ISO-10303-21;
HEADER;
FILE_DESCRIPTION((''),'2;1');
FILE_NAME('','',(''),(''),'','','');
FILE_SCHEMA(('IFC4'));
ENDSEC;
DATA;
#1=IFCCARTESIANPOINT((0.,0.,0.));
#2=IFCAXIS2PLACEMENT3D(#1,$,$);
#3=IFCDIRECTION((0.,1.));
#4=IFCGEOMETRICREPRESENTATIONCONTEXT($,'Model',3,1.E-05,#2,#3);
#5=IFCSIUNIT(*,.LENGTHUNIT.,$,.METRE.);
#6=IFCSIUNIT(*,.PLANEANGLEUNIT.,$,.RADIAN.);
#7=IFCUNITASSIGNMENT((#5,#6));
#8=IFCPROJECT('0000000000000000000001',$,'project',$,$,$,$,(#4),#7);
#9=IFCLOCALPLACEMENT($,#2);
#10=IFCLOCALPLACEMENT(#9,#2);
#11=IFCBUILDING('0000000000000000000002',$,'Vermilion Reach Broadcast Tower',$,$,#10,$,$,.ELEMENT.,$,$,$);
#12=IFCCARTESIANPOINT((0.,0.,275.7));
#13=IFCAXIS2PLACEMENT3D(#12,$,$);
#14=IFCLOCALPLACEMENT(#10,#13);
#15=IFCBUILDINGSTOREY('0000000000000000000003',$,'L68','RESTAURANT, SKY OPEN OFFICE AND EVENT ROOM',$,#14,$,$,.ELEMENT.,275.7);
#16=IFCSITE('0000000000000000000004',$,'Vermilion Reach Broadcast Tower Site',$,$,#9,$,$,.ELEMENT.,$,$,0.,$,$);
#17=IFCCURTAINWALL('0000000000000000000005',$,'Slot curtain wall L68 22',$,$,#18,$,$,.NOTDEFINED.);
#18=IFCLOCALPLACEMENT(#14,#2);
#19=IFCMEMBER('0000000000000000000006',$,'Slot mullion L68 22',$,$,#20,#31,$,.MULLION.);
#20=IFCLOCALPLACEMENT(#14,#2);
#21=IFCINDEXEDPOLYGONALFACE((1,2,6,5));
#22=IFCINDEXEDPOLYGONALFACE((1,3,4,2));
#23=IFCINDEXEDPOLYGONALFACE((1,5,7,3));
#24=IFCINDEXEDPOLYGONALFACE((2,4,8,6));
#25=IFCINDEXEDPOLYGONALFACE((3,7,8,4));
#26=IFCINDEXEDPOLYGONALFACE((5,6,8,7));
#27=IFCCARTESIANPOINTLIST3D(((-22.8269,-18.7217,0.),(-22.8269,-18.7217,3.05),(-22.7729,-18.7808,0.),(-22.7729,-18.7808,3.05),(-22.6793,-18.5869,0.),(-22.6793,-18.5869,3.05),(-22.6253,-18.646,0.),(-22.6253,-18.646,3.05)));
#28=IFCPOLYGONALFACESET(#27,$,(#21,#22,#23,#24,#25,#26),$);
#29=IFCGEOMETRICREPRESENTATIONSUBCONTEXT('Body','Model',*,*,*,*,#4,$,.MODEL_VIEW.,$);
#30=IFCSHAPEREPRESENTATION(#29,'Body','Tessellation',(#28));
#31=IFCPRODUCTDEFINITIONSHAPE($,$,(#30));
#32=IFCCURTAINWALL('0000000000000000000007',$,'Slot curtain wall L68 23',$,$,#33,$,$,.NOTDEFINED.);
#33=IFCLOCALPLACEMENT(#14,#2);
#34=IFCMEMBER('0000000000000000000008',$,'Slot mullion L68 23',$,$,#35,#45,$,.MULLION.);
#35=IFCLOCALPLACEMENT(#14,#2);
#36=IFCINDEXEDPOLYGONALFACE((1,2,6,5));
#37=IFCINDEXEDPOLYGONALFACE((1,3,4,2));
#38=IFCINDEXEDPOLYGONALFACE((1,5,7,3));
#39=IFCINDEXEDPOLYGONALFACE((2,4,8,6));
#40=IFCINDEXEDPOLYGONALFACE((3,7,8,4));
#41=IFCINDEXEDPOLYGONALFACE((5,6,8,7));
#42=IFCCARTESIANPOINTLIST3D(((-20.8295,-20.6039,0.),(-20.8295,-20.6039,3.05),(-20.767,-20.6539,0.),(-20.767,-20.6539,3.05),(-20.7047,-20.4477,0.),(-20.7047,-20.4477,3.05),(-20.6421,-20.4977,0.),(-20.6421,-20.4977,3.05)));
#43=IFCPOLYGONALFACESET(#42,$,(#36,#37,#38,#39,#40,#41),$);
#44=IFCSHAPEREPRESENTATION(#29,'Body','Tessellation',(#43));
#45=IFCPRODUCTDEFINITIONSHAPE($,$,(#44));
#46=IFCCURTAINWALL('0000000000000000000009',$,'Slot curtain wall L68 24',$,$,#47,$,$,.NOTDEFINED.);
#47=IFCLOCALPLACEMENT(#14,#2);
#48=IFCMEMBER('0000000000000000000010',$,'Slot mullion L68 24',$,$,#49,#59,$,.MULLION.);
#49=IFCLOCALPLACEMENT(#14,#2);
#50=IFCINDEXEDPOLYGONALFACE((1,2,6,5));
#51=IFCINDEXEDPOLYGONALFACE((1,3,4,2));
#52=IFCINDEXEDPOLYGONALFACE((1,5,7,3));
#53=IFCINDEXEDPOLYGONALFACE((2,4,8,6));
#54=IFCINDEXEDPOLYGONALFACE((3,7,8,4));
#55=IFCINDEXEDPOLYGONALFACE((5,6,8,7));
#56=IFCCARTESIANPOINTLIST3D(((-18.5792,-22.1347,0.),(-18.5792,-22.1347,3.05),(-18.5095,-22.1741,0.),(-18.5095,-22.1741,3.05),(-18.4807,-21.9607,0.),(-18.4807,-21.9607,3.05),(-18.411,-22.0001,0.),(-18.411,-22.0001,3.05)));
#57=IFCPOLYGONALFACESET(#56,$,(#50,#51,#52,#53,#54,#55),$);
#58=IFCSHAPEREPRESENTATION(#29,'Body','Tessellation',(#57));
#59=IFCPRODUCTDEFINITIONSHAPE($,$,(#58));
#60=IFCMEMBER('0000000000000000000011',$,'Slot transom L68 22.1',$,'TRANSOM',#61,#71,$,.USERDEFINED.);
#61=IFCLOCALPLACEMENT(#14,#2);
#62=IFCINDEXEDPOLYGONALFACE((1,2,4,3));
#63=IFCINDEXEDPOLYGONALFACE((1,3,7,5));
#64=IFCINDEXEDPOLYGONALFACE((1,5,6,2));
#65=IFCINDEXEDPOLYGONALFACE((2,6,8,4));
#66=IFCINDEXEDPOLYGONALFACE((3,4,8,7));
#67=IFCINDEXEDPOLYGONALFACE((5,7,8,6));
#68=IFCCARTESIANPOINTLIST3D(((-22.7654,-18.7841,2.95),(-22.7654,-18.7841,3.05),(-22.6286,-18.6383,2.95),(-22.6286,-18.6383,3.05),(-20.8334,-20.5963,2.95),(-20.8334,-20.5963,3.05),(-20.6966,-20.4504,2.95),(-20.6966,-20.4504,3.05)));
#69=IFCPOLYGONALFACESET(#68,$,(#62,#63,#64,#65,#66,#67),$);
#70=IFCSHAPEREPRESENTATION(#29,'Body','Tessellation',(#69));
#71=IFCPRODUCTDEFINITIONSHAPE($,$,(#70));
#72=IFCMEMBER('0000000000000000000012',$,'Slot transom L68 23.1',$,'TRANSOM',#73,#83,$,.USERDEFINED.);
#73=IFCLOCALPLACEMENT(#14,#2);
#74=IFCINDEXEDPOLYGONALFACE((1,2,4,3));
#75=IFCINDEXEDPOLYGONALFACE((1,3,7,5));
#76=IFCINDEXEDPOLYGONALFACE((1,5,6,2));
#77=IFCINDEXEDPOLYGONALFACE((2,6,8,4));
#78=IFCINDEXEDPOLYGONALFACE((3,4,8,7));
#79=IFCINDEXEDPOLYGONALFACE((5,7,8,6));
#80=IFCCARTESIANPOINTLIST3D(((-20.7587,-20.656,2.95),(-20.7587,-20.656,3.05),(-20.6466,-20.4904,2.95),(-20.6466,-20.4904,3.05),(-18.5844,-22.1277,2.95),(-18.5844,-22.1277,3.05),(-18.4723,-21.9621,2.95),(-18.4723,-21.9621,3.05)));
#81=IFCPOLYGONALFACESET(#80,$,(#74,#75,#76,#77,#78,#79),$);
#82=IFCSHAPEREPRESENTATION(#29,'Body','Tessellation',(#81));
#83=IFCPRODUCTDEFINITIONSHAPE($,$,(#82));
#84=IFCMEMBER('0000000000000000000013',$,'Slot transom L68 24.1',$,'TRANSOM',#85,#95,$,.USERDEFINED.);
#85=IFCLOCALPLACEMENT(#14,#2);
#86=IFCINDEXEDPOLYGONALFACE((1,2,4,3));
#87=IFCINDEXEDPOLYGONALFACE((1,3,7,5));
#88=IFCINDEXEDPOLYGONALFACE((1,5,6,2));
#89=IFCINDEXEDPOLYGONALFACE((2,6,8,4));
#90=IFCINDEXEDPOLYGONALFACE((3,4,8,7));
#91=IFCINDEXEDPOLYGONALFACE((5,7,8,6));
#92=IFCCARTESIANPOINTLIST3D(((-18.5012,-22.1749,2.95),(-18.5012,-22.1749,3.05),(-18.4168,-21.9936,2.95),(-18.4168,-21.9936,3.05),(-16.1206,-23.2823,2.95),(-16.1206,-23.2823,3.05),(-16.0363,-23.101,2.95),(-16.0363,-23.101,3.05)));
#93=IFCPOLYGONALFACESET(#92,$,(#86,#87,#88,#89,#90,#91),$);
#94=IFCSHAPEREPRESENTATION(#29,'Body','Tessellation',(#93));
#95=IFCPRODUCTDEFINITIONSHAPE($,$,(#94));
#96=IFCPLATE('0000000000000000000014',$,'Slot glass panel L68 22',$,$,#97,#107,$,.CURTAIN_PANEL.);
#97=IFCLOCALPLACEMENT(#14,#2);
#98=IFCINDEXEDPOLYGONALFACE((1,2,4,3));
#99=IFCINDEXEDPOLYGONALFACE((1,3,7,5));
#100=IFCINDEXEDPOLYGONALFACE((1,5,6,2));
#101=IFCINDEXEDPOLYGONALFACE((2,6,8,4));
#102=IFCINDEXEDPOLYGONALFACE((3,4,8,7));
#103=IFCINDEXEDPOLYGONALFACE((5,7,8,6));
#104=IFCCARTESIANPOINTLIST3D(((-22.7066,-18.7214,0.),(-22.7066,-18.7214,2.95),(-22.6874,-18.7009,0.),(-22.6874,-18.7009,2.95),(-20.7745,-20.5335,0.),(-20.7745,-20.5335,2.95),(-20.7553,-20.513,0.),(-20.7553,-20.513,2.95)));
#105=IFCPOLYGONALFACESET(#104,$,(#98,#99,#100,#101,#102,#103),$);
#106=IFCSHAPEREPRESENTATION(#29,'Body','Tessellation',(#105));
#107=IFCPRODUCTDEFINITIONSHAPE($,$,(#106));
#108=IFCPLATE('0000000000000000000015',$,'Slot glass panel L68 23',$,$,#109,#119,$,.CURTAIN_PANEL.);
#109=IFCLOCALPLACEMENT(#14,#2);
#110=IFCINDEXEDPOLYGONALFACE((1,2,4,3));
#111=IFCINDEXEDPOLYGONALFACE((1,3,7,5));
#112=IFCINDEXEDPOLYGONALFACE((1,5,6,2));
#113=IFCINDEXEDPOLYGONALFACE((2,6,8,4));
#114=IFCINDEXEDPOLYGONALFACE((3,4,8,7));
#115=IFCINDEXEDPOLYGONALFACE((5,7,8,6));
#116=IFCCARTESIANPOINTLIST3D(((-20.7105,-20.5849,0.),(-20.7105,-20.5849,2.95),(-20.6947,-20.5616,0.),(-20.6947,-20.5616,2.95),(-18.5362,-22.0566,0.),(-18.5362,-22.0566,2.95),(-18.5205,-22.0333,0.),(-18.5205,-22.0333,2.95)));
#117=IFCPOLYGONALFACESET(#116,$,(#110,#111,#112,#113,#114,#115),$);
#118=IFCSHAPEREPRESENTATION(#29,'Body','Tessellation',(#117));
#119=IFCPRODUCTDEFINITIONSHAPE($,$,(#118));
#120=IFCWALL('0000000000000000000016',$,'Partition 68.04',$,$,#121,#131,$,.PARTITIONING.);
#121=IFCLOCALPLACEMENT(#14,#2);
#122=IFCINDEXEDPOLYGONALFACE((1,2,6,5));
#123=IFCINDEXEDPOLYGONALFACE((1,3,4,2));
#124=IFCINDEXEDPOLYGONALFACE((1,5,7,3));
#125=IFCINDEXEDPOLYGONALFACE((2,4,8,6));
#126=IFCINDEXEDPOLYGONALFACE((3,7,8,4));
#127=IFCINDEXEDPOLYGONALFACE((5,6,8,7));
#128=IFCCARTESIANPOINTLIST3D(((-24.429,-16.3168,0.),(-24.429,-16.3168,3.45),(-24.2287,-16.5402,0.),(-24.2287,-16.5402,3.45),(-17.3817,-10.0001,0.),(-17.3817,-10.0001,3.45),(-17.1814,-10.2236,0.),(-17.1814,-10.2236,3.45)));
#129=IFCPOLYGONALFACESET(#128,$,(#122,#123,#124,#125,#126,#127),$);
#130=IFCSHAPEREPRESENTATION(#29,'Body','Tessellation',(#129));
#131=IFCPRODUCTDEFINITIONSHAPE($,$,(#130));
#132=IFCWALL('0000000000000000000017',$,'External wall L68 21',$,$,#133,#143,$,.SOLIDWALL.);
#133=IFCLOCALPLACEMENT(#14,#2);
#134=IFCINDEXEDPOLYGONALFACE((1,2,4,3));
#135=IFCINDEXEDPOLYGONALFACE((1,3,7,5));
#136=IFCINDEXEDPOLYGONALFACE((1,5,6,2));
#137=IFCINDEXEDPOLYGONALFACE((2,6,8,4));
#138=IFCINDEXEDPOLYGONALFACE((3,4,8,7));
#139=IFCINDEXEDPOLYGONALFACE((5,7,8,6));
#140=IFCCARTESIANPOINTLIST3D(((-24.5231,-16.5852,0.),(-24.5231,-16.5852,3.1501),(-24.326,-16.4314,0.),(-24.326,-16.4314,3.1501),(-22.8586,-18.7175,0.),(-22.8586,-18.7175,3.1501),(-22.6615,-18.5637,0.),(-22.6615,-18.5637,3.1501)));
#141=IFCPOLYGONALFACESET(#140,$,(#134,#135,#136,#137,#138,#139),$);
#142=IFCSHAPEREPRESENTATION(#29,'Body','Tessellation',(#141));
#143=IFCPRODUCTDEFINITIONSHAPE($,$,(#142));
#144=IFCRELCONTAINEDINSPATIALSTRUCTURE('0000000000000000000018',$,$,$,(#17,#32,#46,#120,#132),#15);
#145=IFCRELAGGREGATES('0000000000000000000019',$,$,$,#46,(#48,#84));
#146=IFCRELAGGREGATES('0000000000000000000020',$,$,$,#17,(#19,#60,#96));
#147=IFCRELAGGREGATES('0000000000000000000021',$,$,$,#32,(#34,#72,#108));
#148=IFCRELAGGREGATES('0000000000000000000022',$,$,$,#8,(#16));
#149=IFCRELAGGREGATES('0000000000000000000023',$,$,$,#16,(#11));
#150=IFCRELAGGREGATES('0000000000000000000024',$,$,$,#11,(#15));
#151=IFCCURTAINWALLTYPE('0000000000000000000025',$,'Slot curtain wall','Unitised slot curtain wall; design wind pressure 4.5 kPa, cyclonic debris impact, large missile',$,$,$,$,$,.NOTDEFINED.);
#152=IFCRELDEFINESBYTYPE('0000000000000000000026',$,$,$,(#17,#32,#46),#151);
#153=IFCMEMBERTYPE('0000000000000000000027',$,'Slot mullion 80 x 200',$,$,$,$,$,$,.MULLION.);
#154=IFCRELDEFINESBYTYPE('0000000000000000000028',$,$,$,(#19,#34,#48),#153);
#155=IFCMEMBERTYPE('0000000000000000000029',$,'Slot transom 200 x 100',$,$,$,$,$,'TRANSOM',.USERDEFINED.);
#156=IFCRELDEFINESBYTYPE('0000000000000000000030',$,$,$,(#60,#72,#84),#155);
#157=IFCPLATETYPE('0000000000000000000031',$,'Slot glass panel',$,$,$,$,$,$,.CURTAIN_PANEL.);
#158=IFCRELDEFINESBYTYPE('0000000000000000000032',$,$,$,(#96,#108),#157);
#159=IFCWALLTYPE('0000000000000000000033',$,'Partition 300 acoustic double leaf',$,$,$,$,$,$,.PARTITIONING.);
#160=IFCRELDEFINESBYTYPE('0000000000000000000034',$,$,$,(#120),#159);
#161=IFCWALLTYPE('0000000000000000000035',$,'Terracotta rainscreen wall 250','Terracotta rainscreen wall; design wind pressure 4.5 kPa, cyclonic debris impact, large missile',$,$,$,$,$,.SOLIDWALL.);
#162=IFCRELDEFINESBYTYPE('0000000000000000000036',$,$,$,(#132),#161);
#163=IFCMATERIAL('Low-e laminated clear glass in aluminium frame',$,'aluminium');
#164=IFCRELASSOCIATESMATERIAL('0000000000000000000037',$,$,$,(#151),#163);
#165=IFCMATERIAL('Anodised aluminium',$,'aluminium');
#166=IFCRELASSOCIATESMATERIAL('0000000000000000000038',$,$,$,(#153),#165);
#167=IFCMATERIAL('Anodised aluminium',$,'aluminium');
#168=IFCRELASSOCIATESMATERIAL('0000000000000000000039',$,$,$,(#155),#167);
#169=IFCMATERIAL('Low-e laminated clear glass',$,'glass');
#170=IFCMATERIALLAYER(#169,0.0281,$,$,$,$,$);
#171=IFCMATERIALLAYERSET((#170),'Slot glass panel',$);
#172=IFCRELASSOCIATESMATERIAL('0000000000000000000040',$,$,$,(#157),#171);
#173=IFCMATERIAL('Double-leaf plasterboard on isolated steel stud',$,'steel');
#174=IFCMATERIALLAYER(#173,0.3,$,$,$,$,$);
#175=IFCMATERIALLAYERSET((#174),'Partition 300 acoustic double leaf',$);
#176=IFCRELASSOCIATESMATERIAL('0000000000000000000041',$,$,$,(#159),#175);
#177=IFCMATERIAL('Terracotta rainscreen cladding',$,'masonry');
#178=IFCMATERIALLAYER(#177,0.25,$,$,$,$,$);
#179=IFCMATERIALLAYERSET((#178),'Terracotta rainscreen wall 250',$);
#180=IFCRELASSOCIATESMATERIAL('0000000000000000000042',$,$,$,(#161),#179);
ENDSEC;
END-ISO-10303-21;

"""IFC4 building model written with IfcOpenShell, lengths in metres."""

from ifc_helpers import new_model, si_unit, direction, frame, frame_2d, origin, origin_2d, place, context, subcontext, project, spatial, rectangle, extrude, material, layer, layer_set, material_profile, profile_set, type_object, element, aggregate, save


model = new_model("IFC4")

# Units and contexts
model_context = context("Model", 3, precision=1e-05, world=origin(), true_north=direction((0.0, 1.0)))
body_context = subcontext(model_context, "Body", "Model", "MODEL_VIEW")
ifc_project = project(units=[si_unit("LENGTHUNIT", "METRE"), si_unit("PLANEANGLEUNIT", "RADIAN")], contexts=[model_context])

# Site, building, storey
site_placement = place(None, origin())
site = spatial("IfcSite", under=ifc_project, at=site_placement, Name="Vermilion Reach Broadcast Tower Site", CompositionType="ELEMENT", RefElevation=0.0)
building_placement = place(site_placement, origin())
building = spatial("IfcBuilding", under=site, at=building_placement, Name="Vermilion Reach Broadcast Tower", CompositionType="ELEMENT")
storey_placement = place(building_placement, frame((0.0, 0.0, 275.7)))
storey = spatial("IfcBuildingStorey", under=building, at=storey_placement, Name="L68", Description="RESTAURANT, SKY OPEN OFFICE AND EVENT ROOM", CompositionType="ELEMENT", Elevation=275.7)

# Curtain walls, members
ifc_material_1 = material(Name="Low-e laminated clear glass in aluminium frame", Category="aluminium")
curtain_wall_type = type_object("IfcCurtainWallType", Name="Slot curtain wall", Description="Unitised slot curtain wall; design wind pressure 4.5 kPa, cyclonic debris impact, large missile", PredefinedType="NOTDEFINED", material=ifc_material_1)
placement = place(storey_placement, origin())
curtain_wall_1 = element("IfcCurtainWall", 1, at=placement, inside=storey, type_object=curtain_wall_type, Name="Slot curtain wall L68 22", PredefinedType="NOTDEFINED")
ifc_material_2 = material(Name="Anodised aluminium", Category="aluminium")
ifc_material_profile_1 = material_profile(ifc_material_2, rectangle(XDim=0.2, YDim=0.0801, at=origin_2d()), Name="Slot mullion 80 x 200")
ifc_profile_set_1 = profile_set([ifc_material_profile_1], Name="Anodised aluminium")
member_type_1 = type_object("IfcMemberType", Name="Slot mullion 80 x 200", PredefinedType="MULLION", material=ifc_profile_set_1)
member_1_placement = place(storey_placement, frame((-22.7261, -18.6838, 0.0), z_axis=(0.0, 0.0, 1.0), x_axis=(0.738379, 0.674386, 0.0)))
member_1 = element("IfcMember", 2, at=member_1_placement, type_object=member_type_1, Name="Slot mullion L68 22", PredefinedType="MULLION", context=body_context, shape_type="SweptSolid", body=[
    extrude(rectangle(XDim=0.2, YDim=0.0801, at=origin_2d()), origin(), (0.0, 0.0, 1.0), 3.05),
])
curtain_wall_2 = element("IfcCurtainWall", 3, at=placement, inside=storey, type_object=curtain_wall_type, Name="Slot curtain wall L68 23", PredefinedType="NOTDEFINED")
member_2_placement = place(storey_placement, frame((-20.7358, -20.5508, 0.0), z_axis=(0.0, 0.0, 1.0), x_axis=(0.624274, 0.781206, 0.0)))
member_2 = element("IfcMember", 4, at=member_2_placement, type_object=member_type_1, Name="Slot mullion L68 23", PredefinedType="MULLION", context=body_context, shape_type="SweptSolid", body=[
    extrude(rectangle(XDim=0.2, YDim=0.0801, at=origin_2d()), origin(), (0.0, 0.0, 1.0), 3.05),
])
curtain_wall_3 = element("IfcCurtainWall", 5, at=placement, inside=storey, type_object=curtain_wall_type, Name="Slot curtain wall L68 24", PredefinedType="NOTDEFINED")
member_3_placement = place(storey_placement, frame((-18.4951, -22.0674, 0.0), z_axis=(0.0, 0.0, 1.0), x_axis=(0.492727, 0.870184, 0.0)))
member_3 = element("IfcMember", 6, at=member_3_placement, type_object=member_type_1, Name="Slot mullion L68 24", PredefinedType="MULLION", context=body_context, shape_type="SweptSolid", body=[
    extrude(rectangle(XDim=0.2, YDim=0.0801, at=origin_2d()), origin(), (0.0, 0.0, 1.0), 3.05),
])

# Members
ifc_material_3 = material(Name="Anodised aluminium", Category="aluminium")
ifc_material_profile_2 = material_profile(ifc_material_3, rectangle(XDim=0.2, YDim=0.1001, at=origin_2d()), Name="Slot transom 200 x 100")
ifc_profile_set_2 = profile_set([ifc_material_profile_2], Name="Anodised aluminium")
member_type_2 = type_object("IfcMemberType", Name="Slot transom 200 x 100", ElementType="TRANSOM", PredefinedType="USERDEFINED", material=ifc_profile_set_2)
member_4_placement = place(storey_placement, frame((-22.697, -18.7112, 3.0), z_axis=(0.72937, -0.684119, 0.0), x_axis=(0.684119, 0.72937, 0.0)))
member_4 = element("IfcMember", 7, at=member_4_placement, type_object=member_type_2, Name="Slot transom L68 22.1", ObjectType="TRANSOM", PredefinedType="USERDEFINED", context=body_context, shape_type="SweptSolid", body=[
    extrude(rectangle(XDim=0.2, YDim=0.1001, at=origin_2d()), origin(), (0.0, 0.0, 1.0), 2.6489),
])
member_5_placement = place(storey_placement, frame((-20.7026, -20.5732, 3.0), z_axis=(0.828139, -0.560523, 0.0), x_axis=(0.560523, 0.828139, 0.0)))
member_5 = element("IfcMember", 8, at=member_5_placement, type_object=member_type_2, Name="Slot transom L68 23.1", ObjectType="TRANSOM", PredefinedType="USERDEFINED", context=body_context, shape_type="SweptSolid", body=[
    extrude(rectangle(XDim=0.2, YDim=0.1001, at=origin_2d()), origin(), (0.0, 0.0, 1.0), 2.6255),
])
member_6_placement = place(storey_placement, frame((-18.459, -22.0842, 3.0), z_axis=(0.906698, -0.421781, 0.0), x_axis=(0.421781, 0.906698, 0.0)))
member_6 = element("IfcMember", 9, at=member_6_placement, type_object=member_type_2, Name="Slot transom L68 24.1", ObjectType="TRANSOM", PredefinedType="USERDEFINED", context=body_context, shape_type="SweptSolid", body=[
    extrude(rectangle(XDim=0.2, YDim=0.1001, at=origin_2d()), origin(), (0.0, 0.0, 1.0), 2.6255),
])
aggregate(curtain_wall_3, [member_3, member_6])

# Plates
ifc_material_4 = material(Name="Low-e laminated clear glass", Category="glass")
ifc_layer_1 = layer(ifc_material_4, 0.0281)
ifc_layer_set_1 = layer_set([ifc_layer_1], Name="Slot glass panel")
plate_type = type_object("IfcPlateType", Name="Slot glass panel", PredefinedType="CURTAIN_PANEL", material=ifc_layer_set_1)
plate_1_placement = place(storey_placement, frame((-21.731, -19.6172, 0.0), z_axis=(0.0, 0.0, 1.0), x_axis=(0.729392, -0.684096, 0.0)))
plate_1 = element("IfcPlate", 10, at=plate_1_placement, type_object=plate_type, Name="Slot glass panel L68 22", PredefinedType="CURTAIN_PANEL", context=body_context, shape_type="SweptSolid", body=[
    extrude(rectangle(XDim=2.6489, YDim=0.0281, at=origin_2d()), origin(), (0.0, 0.0, 1.0), 2.95),
])
aggregate(curtain_wall_1, [member_1, member_4, plate_1])
plate_2_placement = place(storey_placement, frame((-19.6155, -21.3091, 0.0), z_axis=(0.0, 0.0, 1.0), x_axis=(0.828126, -0.560541, 0.0)))
plate_2 = element("IfcPlate", 11, at=plate_2_placement, type_object=plate_type, Name="Slot glass panel L68 23", PredefinedType="CURTAIN_PANEL", context=body_context, shape_type="SweptSolid", body=[
    extrude(rectangle(XDim=2.6255, YDim=0.0281, at=origin_2d()), origin(), (0.0, 0.0, 1.0), 2.95),
])
aggregate(curtain_wall_2, [member_2, member_5, plate_2])

# Wall
ifc_material_5 = material(Name="Double-leaf plasterboard on isolated steel stud", Category="steel")
ifc_layer_2 = layer(ifc_material_5, 0.3)
ifc_layer_set_2 = layer_set([ifc_layer_2], Name="Partition 300 acoustic double leaf")
wall_type_1 = type_object("IfcWallType", Name="Partition 300 acoustic double leaf", PredefinedType="PARTITIONING", material=ifc_layer_set_2)
wall_1_placement = place(storey_placement, frame((-24.3289, -16.4285, 0.0), z_axis=(0.0, 0.0, 1.0), x_axis=(0.744657, 0.667447, 0.0)))
element("IfcWall", 12, at=wall_1_placement, inside=storey, type_object=wall_type_1, Name="Partition 68.04", PredefinedType="PARTITIONING", context=body_context, shape_type="SweptSolid", body=[
    extrude(rectangle(XDim=9.4639, YDim=0.3, at=frame_2d((4.7319, 0.0))), origin(), (0.0, 0.0, 1.0), 3.45),
])

# Shared definitions
ifc_material_6 = material(Name="Terracotta rainscreen cladding", Category="masonry")
ifc_layer_3 = layer(ifc_material_6, 0.25)
ifc_layer_set_3 = layer_set([ifc_layer_3], Name="Terracotta rainscreen wall 250")
wall_type_2 = type_object("IfcWallType", Name="Terracotta rainscreen wall 250", Description="Terracotta rainscreen wall; design wind pressure 4.5 kPa, cyclonic debris impact, large missile", PredefinedType="SOLIDWALL", material=ifc_layer_set_3)

# Wall
wall_2_placement = place(storey_placement, frame((-24.4246, -16.5083, 0.0), z_axis=(0.0, 0.0, 1.0), x_axis=(0.615339, -0.788262, 0.0)))
element("IfcWall", 13, at=wall_2_placement, inside=storey, type_object=wall_type_2, Name="External wall L68 21", PredefinedType="SOLIDWALL", context=body_context, shape_type="SweptSolid", body=[
    extrude(rectangle(XDim=2.7051, YDim=0.25, at=frame_2d((1.3525, 0.0))), origin(), (0.0, 0.0, 1.0), 3.1501),
])

save(model, "model.ifc")
